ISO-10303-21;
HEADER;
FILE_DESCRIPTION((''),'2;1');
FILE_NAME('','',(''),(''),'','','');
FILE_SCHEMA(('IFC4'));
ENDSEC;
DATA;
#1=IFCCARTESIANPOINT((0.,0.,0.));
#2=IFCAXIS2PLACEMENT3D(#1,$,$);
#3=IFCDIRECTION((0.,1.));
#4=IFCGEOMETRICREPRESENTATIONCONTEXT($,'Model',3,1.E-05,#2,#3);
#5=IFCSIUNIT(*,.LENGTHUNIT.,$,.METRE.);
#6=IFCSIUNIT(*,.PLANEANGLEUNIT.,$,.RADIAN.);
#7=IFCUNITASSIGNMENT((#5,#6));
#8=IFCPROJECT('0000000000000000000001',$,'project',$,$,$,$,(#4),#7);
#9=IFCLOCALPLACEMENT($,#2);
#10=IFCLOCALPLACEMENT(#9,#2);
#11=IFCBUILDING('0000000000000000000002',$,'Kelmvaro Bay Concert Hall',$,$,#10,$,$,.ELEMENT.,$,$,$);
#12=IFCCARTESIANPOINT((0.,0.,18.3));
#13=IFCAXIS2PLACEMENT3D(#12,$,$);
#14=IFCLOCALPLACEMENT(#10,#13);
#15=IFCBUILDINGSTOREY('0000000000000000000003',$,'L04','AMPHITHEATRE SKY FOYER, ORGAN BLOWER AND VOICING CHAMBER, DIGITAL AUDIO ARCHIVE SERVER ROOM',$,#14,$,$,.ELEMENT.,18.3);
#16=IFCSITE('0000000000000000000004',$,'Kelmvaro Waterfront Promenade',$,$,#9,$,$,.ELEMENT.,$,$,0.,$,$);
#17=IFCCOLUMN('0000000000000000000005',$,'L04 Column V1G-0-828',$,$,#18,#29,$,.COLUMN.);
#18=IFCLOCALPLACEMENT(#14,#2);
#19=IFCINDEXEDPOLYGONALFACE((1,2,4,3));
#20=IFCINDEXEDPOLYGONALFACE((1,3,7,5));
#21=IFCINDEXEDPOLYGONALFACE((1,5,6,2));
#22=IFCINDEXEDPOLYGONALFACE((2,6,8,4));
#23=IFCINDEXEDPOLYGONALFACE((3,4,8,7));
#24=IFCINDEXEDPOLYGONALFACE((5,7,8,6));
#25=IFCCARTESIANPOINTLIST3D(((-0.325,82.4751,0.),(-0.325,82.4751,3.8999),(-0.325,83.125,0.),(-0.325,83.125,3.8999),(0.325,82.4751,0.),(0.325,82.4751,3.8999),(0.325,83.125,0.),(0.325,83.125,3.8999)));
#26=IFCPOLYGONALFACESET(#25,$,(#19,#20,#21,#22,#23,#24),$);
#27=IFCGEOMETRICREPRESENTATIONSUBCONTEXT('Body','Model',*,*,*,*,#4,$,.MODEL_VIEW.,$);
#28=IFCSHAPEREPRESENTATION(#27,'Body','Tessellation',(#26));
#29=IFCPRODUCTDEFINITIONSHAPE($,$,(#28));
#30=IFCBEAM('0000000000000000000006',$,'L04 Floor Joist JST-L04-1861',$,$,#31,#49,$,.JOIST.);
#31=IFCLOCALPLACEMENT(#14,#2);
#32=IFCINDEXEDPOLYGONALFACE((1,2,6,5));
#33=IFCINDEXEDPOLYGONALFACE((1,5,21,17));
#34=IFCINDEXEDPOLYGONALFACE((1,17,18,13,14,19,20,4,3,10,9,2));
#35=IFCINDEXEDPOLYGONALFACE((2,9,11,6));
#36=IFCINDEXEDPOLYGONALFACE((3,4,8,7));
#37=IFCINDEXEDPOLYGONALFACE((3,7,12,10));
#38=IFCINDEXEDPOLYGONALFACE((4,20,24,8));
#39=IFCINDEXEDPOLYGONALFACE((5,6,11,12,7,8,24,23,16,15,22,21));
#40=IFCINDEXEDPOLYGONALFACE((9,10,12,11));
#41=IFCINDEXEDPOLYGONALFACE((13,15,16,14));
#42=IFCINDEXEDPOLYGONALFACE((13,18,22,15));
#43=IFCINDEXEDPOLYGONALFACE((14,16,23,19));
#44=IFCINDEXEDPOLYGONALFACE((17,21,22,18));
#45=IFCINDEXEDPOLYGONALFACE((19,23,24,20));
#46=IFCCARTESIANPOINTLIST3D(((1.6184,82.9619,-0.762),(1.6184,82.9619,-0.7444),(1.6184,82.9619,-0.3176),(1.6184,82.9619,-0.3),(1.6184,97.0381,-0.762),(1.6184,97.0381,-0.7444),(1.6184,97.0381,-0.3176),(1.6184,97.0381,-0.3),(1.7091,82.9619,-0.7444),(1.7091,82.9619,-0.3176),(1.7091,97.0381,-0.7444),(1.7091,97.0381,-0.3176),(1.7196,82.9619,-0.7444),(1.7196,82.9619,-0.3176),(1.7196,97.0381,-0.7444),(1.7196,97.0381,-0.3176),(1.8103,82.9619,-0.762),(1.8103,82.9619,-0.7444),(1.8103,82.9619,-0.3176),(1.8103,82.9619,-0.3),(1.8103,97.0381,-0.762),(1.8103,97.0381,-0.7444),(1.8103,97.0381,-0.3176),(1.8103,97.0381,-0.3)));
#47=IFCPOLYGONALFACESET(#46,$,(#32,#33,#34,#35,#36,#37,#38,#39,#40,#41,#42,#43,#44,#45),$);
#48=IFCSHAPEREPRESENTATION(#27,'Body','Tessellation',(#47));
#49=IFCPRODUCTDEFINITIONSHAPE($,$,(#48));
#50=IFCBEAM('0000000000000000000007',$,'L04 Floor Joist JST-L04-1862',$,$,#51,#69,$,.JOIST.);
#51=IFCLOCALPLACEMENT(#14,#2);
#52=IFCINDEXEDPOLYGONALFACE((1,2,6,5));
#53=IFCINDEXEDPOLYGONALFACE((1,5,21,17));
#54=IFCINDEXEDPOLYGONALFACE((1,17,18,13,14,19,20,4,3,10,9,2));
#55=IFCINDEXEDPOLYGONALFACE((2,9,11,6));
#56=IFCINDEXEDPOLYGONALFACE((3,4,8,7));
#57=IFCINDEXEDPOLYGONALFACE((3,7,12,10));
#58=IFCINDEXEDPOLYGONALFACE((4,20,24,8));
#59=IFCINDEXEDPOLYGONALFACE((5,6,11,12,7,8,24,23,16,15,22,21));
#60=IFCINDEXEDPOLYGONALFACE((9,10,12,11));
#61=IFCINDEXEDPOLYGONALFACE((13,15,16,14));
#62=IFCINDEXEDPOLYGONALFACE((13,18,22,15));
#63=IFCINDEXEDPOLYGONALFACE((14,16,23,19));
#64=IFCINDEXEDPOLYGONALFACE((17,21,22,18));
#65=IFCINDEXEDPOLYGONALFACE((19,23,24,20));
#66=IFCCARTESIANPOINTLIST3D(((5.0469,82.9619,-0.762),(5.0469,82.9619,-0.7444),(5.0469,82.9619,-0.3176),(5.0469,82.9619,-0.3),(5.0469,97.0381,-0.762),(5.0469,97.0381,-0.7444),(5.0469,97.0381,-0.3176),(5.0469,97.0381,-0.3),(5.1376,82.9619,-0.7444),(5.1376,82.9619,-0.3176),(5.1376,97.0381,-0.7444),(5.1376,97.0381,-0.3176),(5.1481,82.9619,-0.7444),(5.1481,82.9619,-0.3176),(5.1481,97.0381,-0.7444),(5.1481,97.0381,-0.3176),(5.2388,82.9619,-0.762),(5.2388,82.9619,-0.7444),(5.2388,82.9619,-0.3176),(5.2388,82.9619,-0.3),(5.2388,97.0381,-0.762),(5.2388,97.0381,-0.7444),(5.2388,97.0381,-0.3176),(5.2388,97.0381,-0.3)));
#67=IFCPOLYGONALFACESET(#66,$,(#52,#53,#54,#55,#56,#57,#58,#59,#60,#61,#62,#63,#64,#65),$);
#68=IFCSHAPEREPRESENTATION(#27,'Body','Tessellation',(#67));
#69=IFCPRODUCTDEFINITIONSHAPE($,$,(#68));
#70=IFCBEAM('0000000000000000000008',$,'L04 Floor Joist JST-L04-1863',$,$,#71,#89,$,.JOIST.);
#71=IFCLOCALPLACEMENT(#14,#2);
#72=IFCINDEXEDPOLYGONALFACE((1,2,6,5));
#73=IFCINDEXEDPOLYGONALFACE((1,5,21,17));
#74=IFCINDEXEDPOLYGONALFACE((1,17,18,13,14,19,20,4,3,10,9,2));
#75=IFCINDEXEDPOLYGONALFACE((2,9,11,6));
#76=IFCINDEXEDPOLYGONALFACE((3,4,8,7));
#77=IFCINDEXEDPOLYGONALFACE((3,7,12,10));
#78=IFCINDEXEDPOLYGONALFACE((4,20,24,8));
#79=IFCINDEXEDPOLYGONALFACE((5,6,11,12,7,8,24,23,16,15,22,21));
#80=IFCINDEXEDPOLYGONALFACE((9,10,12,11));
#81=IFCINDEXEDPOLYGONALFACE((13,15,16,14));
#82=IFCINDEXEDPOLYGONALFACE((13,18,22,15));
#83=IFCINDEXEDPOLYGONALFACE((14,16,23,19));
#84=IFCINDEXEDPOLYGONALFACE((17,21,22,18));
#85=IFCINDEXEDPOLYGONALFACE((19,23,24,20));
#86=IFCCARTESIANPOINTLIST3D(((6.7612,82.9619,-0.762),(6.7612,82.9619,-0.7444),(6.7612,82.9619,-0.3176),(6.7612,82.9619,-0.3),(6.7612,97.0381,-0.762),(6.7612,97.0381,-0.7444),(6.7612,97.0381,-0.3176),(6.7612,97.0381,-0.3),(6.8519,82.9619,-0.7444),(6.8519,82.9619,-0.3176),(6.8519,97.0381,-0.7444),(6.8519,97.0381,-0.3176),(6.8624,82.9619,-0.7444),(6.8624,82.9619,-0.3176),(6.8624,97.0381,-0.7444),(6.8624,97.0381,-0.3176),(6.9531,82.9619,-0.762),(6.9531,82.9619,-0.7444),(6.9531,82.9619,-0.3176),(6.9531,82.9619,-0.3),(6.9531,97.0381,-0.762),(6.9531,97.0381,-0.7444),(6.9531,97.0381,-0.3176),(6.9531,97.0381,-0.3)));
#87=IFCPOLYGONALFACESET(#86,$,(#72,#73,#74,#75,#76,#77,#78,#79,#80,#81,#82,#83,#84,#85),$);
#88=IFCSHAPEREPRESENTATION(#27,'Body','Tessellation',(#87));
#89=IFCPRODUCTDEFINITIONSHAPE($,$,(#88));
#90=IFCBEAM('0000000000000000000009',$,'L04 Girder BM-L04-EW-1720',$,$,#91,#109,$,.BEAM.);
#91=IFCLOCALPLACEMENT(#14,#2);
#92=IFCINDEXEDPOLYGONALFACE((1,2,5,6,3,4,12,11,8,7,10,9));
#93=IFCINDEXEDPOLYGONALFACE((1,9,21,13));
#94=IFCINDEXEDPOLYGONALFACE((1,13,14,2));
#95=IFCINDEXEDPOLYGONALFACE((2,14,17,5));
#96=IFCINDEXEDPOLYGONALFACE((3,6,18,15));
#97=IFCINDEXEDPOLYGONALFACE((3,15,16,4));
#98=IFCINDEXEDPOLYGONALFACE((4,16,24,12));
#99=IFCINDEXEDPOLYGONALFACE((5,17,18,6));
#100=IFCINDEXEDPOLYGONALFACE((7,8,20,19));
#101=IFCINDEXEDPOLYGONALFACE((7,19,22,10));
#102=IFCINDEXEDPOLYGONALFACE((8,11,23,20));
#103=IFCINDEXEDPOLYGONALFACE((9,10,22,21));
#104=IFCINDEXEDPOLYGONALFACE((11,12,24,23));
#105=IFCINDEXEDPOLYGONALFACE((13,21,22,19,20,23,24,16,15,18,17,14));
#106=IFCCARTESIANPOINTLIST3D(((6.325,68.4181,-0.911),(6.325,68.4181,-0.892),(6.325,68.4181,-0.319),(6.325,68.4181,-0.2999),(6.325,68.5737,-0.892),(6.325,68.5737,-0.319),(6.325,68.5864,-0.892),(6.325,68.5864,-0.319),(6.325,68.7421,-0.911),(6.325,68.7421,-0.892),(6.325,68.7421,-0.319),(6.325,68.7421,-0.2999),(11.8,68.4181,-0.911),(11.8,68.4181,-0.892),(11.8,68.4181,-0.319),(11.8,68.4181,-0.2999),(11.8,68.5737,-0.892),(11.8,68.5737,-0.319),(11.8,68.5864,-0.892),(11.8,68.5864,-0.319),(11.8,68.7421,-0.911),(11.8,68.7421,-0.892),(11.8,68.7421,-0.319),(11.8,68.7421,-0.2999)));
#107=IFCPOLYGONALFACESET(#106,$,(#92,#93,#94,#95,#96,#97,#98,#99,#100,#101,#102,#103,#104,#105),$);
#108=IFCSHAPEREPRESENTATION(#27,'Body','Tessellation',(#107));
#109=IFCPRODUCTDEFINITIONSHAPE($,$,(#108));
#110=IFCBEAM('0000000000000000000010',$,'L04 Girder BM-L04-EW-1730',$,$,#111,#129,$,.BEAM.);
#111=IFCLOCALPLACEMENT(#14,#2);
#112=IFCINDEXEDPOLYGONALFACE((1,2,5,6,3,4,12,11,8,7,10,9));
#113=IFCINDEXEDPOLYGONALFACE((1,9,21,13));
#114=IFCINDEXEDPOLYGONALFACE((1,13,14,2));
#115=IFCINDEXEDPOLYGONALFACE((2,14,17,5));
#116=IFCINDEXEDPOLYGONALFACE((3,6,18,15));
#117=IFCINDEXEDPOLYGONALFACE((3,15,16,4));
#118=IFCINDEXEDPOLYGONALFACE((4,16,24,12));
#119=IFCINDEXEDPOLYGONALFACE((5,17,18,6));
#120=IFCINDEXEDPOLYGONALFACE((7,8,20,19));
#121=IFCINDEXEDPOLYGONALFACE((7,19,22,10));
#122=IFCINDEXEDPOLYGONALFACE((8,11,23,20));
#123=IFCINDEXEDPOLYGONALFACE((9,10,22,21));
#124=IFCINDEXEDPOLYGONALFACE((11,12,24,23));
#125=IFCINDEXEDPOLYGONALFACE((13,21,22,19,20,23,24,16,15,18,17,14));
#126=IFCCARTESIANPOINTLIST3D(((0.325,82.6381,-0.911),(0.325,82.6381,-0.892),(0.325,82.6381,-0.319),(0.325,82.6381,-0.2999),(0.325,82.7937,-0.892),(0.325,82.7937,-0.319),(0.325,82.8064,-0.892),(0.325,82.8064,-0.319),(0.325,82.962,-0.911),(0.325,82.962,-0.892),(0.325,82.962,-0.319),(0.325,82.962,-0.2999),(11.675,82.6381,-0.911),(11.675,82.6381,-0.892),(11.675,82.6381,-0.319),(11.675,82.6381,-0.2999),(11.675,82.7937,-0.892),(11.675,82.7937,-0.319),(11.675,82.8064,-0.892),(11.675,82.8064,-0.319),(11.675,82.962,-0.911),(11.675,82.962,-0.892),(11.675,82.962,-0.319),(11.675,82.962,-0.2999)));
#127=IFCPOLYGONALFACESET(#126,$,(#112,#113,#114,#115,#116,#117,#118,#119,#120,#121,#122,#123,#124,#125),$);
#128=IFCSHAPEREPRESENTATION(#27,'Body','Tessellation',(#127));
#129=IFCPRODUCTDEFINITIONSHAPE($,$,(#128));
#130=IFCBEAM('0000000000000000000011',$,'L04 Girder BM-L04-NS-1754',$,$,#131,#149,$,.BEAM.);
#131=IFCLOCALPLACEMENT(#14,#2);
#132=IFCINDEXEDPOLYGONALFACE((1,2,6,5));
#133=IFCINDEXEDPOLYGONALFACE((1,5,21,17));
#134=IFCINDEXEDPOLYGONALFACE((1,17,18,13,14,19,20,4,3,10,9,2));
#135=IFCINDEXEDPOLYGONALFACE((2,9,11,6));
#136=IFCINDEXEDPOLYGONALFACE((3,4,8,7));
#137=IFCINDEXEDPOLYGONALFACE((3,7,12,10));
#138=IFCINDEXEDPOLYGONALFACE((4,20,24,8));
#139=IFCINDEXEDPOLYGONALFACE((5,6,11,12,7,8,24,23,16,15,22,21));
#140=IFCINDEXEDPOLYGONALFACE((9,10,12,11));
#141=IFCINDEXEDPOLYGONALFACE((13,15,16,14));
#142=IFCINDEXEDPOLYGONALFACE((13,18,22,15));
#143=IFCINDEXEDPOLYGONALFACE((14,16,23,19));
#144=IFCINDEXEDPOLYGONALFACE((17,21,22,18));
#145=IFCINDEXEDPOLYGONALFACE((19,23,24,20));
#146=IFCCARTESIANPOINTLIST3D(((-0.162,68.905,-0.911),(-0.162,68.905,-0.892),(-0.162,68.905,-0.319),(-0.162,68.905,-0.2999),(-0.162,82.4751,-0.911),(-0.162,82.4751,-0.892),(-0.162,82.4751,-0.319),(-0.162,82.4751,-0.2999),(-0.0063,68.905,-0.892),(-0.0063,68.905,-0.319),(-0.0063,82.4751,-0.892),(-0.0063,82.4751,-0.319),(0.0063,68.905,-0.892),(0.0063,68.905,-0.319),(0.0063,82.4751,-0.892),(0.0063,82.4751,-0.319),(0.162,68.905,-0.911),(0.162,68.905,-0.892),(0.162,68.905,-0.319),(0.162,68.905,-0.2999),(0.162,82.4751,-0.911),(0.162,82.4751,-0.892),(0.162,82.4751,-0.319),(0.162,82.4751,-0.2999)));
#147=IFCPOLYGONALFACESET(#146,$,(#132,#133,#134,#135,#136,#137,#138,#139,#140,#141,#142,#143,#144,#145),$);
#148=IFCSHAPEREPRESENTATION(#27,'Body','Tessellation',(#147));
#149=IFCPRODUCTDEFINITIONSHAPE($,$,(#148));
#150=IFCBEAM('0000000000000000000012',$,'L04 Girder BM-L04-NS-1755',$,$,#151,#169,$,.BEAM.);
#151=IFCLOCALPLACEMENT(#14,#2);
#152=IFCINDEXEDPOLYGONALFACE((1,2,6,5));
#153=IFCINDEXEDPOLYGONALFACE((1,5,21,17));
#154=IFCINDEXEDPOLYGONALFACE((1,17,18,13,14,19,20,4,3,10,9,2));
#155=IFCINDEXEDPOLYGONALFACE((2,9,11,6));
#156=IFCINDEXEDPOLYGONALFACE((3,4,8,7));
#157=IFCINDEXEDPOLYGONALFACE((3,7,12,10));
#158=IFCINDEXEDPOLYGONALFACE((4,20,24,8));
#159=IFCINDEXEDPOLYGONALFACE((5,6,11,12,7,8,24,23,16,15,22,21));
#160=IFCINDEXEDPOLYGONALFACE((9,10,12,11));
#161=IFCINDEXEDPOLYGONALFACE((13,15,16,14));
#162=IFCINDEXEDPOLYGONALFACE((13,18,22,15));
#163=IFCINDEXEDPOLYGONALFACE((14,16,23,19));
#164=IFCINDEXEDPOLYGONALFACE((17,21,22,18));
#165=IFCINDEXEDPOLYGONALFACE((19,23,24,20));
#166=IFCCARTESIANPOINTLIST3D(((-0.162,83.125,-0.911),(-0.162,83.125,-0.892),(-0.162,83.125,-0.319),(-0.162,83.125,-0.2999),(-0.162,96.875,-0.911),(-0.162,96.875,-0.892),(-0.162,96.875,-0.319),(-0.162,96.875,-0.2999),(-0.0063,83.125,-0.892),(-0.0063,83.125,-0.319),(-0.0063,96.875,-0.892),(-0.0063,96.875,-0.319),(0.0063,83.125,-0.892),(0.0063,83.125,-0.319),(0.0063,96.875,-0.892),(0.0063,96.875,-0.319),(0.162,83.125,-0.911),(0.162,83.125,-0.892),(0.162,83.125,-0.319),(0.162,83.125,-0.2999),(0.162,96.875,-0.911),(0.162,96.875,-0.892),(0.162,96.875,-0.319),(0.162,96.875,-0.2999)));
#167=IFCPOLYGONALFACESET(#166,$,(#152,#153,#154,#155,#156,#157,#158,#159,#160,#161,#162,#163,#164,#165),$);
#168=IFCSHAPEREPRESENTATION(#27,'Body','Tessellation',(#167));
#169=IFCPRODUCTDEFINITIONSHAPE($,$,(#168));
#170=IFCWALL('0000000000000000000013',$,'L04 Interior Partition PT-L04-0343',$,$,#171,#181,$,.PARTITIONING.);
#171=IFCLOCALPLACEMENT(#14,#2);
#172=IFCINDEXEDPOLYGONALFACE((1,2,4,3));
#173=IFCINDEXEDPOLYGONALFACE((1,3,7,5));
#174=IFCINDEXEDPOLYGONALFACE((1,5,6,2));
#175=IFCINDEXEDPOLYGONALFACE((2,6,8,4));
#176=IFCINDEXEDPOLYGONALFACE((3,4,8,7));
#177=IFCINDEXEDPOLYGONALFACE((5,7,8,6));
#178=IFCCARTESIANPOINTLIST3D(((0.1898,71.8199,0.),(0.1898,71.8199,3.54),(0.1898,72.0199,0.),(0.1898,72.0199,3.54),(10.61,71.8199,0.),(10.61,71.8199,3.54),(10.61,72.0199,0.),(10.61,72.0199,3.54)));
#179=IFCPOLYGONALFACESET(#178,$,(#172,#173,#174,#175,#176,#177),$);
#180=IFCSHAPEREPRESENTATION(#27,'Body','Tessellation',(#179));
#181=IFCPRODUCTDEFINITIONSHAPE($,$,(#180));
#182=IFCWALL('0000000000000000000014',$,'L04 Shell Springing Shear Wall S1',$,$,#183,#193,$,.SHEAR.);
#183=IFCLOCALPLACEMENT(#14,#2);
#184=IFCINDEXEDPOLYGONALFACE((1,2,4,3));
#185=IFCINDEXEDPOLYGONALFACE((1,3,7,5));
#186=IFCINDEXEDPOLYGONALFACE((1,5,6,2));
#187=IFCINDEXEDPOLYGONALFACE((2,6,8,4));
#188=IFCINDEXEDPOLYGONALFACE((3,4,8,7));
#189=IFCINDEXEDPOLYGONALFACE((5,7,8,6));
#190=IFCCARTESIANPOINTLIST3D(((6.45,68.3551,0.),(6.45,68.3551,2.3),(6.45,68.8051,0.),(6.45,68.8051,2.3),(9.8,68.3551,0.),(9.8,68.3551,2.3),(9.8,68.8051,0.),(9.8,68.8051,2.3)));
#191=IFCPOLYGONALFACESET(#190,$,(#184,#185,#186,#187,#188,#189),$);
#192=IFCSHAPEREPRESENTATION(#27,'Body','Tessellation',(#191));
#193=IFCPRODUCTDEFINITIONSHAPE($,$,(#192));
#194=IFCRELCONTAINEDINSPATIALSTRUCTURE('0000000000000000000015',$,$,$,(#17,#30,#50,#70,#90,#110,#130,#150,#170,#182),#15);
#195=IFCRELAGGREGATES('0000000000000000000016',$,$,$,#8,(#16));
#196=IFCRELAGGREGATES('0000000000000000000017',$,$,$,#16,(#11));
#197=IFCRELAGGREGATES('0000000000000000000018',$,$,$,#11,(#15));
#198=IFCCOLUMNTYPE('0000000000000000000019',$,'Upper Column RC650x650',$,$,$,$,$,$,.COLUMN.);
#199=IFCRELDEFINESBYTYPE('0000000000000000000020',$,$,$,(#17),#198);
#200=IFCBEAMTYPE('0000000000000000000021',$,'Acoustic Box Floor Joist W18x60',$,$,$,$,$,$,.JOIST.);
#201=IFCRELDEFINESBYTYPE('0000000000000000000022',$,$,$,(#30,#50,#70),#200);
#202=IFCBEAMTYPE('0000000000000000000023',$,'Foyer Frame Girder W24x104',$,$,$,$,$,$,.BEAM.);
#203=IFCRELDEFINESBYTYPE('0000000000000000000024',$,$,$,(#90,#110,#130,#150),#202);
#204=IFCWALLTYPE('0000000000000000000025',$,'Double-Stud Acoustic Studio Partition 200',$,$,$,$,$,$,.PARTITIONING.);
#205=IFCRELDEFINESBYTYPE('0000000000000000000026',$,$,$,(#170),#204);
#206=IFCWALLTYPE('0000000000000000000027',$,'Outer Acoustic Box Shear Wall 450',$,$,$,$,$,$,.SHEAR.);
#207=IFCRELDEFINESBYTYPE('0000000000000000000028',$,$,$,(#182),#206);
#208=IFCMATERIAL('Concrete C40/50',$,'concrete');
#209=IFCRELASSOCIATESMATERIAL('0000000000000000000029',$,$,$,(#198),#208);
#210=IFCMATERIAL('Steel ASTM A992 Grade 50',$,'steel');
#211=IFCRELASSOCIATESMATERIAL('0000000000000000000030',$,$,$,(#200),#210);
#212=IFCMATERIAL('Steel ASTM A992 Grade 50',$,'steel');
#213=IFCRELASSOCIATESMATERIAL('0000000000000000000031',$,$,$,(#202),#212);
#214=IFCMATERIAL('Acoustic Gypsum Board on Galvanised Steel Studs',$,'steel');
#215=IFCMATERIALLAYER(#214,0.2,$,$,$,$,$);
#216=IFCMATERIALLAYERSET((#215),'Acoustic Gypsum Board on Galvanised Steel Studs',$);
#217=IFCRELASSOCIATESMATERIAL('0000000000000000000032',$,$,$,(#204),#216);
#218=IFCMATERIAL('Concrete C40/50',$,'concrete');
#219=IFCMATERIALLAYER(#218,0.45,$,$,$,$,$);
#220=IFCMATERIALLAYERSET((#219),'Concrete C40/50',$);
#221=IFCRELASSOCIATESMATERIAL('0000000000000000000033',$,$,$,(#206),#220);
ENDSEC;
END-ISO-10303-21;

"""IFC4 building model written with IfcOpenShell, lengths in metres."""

from ifc_helpers import new_model, si_unit, direction, frame, frame_2d, origin, origin_2d, place, context, subcontext, project, spatial, rectangle, i_section, extrude, material, layer, layer_set, material_profile, profile_set, type_object, element, save


model = new_model("IFC4")

# Units and contexts
model_context = context("Model", 3, precision=1e-05, world=origin(), true_north=direction((0.0, 1.0)))
body_context = subcontext(model_context, "Body", "Model", "MODEL_VIEW")
ifc_project = project(units=[si_unit("LENGTHUNIT", "METRE"), si_unit("PLANEANGLEUNIT", "RADIAN")], contexts=[model_context])

# Site, building, storey
site_placement = place(None, origin())
site = spatial("IfcSite", under=ifc_project, at=site_placement, Name="Kelmvaro Waterfront Promenade", CompositionType="ELEMENT", RefElevation=0.0)
building_placement = place(site_placement, origin())
building = spatial("IfcBuilding", under=site, at=building_placement, Name="Kelmvaro Bay Concert Hall", CompositionType="ELEMENT")
storey_placement = place(building_placement, frame((0.0, 0.0, 18.3)))
storey = spatial("IfcBuildingStorey", under=building, at=storey_placement, Name="L04", Description="AMPHITHEATRE SKY FOYER, ORGAN BLOWER AND VOICING CHAMBER, DIGITAL AUDIO ARCHIVE SERVER ROOM", CompositionType="ELEMENT", Elevation=18.3)

# Column
ifc_material_1 = material(Name="Concrete C40/50", Category="concrete")
ifc_material_profile_1 = material_profile(ifc_material_1, rectangle(XDim=0.6499, YDim=0.6499, at=origin_2d()), Name="RC-COL-650X650")
ifc_profile_set_1 = profile_set([ifc_material_profile_1], Name="Concrete C40/50")
column_type = type_object("IfcColumnType", Name="Upper Column RC650x650", PredefinedType="COLUMN", material=ifc_profile_set_1)
column_placement = place(storey_placement, frame((0.0, 82.8, 0.0), z_axis=(0.0, 0.0, 1.0), x_axis=(1.0, 0.0, 0.0)))
element("IfcColumn", 1, at=column_placement, inside=storey, type_object=column_type, Name="L04 Column V1G-0-828", PredefinedType="COLUMN", context=body_context, shape_type="SweptSolid", body=[
    extrude(rectangle(XDim=0.6499, YDim=0.6499, at=origin_2d()), origin(), (0.0, 0.0, 1.0), 3.8999),
])

# Beams
ifc_material_2 = material(Name="Steel ASTM A992 Grade 50", Category="steel")
ifc_material_profile_2 = material_profile(ifc_material_2, i_section(OverallWidth=0.1919, OverallDepth=0.4619, WebThickness=0.0105, FlangeThickness=0.0176, at=origin_2d()), Name="W18X60")
ifc_profile_set_2 = profile_set([ifc_material_profile_2], Name="Steel ASTM A992 Grade 50")
beam_type_1 = type_object("IfcBeamType", Name="Acoustic Box Floor Joist W18x60", PredefinedType="JOIST", material=ifc_profile_set_2)
for number, where, z_axis, x_axis, name in (
    (2, (1.7144, 82.9619, -0.531), (0.0, 1.0, 0.0), (-1.0, 0.0, 0.0), "L04 Floor Joist JST-L04-1861"),
    (3, (5.1428, 82.9619, -0.531), (0.0, 1.0, 0.0), (-1.0, 0.0, 0.0), "L04 Floor Joist JST-L04-1862"),
    (4, (6.8572, 82.9619, -0.531), (0.0, 1.0, 0.0), (-1.0, 0.0, 0.0), "L04 Floor Joist JST-L04-1863"),
):
    element("IfcBeam", number, at=place(storey_placement, frame(where, z_axis=z_axis, x_axis=x_axis)), inside=storey, type_object=beam_type_1, Name=name, PredefinedType="JOIST", context=body_context, shape_type="SweptSolid", body=[
        extrude(i_section(OverallWidth=0.1919, OverallDepth=0.4619, WebThickness=0.0105, FlangeThickness=0.0176, at=origin_2d()), origin(), (0.0, 0.0, 1.0), 14.0762),
    ])
ifc_material_3 = material(Name="Steel ASTM A992 Grade 50", Category="steel")
ifc_material_profile_3 = material_profile(ifc_material_3, i_section(OverallWidth=0.324, OverallDepth=0.6111, WebThickness=0.0127, FlangeThickness=0.019, at=origin_2d()), Name="W24X104")
ifc_profile_set_3 = profile_set([ifc_material_profile_3], Name="Steel ASTM A992 Grade 50")
beam_type_2 = type_object("IfcBeamType", Name="Foyer Frame Girder W24x104", PredefinedType="BEAM", material=ifc_profile_set_3)
beam_1_placement = place(storey_placement, frame((6.325, 68.5801, -0.6055), z_axis=(1.0, 0.0, 0.0), x_axis=(0.0, 1.0, 0.0)))
element("IfcBeam", 5, at=beam_1_placement, inside=storey, type_object=beam_type_2, Name="L04 Girder BM-L04-EW-1720", PredefinedType="BEAM", context=body_context, shape_type="SweptSolid", body=[
    extrude(i_section(OverallWidth=0.324, OverallDepth=0.6111, WebThickness=0.0127, FlangeThickness=0.019, at=origin_2d()), origin(), (0.0, 0.0, 1.0), 5.4751),
])
beam_2_placement = place(storey_placement, frame((0.325, 82.8, -0.6055), z_axis=(1.0, 0.0, 0.0), x_axis=(0.0, 1.0, 0.0)))
element("IfcBeam", 6, at=beam_2_placement, inside=storey, type_object=beam_type_2, Name="L04 Girder BM-L04-EW-1730", PredefinedType="BEAM", context=body_context, shape_type="SweptSolid", body=[
    extrude(i_section(OverallWidth=0.324, OverallDepth=0.6111, WebThickness=0.0127, FlangeThickness=0.019, at=origin_2d()), origin(), (0.0, 0.0, 1.0), 11.3501),
])
beam_3_placement = place(storey_placement, frame((0.0, 68.905, -0.6055), z_axis=(0.0, 1.0, 0.0), x_axis=(-1.0, 0.0, 0.0)))
element("IfcBeam", 7, at=beam_3_placement, inside=storey, type_object=beam_type_2, Name="L04 Girder BM-L04-NS-1754", PredefinedType="BEAM", context=body_context, shape_type="SweptSolid", body=[
    extrude(i_section(OverallWidth=0.324, OverallDepth=0.6111, WebThickness=0.0127, FlangeThickness=0.019, at=origin_2d()), origin(), (0.0, 0.0, 1.0), 13.5701),
])
beam_4_placement = place(storey_placement, frame((0.0, 83.125, -0.6055), z_axis=(0.0, 1.0, 0.0), x_axis=(-1.0, 0.0, 0.0)))
element("IfcBeam", 8, at=beam_4_placement, inside=storey, type_object=beam_type_2, Name="L04 Girder BM-L04-NS-1755", PredefinedType="BEAM", context=body_context, shape_type="SweptSolid", body=[
    extrude(i_section(OverallWidth=0.324, OverallDepth=0.6111, WebThickness=0.0127, FlangeThickness=0.019, at=origin_2d()), origin(), (0.0, 0.0, 1.0), 13.75),
])

# Walls
ifc_material_4 = material(Name="Acoustic Gypsum Board on Galvanised Steel Studs", Category="steel")
ifc_layer_1 = layer(ifc_material_4, 0.2)
ifc_layer_set_1 = layer_set([ifc_layer_1], Name="Acoustic Gypsum Board on Galvanised Steel Studs")
wall_type_1 = type_object("IfcWallType", Name="Double-Stud Acoustic Studio Partition 200", PredefinedType="PARTITIONING", material=ifc_layer_set_1)
wall_1_placement = place(storey_placement, frame((0.1899, 71.9199, 0.0), z_axis=(0.0, 0.0, 1.0), x_axis=(1.0, 0.0, 0.0)))
element("IfcWall", 9, at=wall_1_placement, inside=storey, type_object=wall_type_1, Name="L04 Interior Partition PT-L04-0343", PredefinedType="PARTITIONING", context=body_context, shape_type="SweptSolid", body=[
    extrude(rectangle(XDim=10.4202, YDim=0.2, at=frame_2d((5.21, 0.0))), origin(), (0.0, 0.0, 1.0), 3.54),
])
ifc_material_5 = material(Name="Concrete C40/50", Category="concrete")
ifc_layer_2 = layer(ifc_material_5, 0.45)
ifc_layer_set_2 = layer_set([ifc_layer_2], Name="Concrete C40/50")
wall_type_2 = type_object("IfcWallType", Name="Outer Acoustic Box Shear Wall 450", PredefinedType="SHEAR", material=ifc_layer_set_2)
wall_2_placement = place(storey_placement, frame((6.45, 68.5801, 0.0), z_axis=(0.0, 0.0, 1.0), x_axis=(1.0, 0.0, 0.0)))
element("IfcWall", 10, at=wall_2_placement, inside=storey, type_object=wall_type_2, Name="L04 Shell Springing Shear Wall S1", PredefinedType="SHEAR", context=body_context, shape_type="SweptSolid", body=[
    extrude(rectangle(XDim=3.3501, YDim=0.45, at=frame_2d((1.675, 0.0))), origin(), (0.0, 0.0, 1.0), 2.3),
])

save(model, "model.ifc")
